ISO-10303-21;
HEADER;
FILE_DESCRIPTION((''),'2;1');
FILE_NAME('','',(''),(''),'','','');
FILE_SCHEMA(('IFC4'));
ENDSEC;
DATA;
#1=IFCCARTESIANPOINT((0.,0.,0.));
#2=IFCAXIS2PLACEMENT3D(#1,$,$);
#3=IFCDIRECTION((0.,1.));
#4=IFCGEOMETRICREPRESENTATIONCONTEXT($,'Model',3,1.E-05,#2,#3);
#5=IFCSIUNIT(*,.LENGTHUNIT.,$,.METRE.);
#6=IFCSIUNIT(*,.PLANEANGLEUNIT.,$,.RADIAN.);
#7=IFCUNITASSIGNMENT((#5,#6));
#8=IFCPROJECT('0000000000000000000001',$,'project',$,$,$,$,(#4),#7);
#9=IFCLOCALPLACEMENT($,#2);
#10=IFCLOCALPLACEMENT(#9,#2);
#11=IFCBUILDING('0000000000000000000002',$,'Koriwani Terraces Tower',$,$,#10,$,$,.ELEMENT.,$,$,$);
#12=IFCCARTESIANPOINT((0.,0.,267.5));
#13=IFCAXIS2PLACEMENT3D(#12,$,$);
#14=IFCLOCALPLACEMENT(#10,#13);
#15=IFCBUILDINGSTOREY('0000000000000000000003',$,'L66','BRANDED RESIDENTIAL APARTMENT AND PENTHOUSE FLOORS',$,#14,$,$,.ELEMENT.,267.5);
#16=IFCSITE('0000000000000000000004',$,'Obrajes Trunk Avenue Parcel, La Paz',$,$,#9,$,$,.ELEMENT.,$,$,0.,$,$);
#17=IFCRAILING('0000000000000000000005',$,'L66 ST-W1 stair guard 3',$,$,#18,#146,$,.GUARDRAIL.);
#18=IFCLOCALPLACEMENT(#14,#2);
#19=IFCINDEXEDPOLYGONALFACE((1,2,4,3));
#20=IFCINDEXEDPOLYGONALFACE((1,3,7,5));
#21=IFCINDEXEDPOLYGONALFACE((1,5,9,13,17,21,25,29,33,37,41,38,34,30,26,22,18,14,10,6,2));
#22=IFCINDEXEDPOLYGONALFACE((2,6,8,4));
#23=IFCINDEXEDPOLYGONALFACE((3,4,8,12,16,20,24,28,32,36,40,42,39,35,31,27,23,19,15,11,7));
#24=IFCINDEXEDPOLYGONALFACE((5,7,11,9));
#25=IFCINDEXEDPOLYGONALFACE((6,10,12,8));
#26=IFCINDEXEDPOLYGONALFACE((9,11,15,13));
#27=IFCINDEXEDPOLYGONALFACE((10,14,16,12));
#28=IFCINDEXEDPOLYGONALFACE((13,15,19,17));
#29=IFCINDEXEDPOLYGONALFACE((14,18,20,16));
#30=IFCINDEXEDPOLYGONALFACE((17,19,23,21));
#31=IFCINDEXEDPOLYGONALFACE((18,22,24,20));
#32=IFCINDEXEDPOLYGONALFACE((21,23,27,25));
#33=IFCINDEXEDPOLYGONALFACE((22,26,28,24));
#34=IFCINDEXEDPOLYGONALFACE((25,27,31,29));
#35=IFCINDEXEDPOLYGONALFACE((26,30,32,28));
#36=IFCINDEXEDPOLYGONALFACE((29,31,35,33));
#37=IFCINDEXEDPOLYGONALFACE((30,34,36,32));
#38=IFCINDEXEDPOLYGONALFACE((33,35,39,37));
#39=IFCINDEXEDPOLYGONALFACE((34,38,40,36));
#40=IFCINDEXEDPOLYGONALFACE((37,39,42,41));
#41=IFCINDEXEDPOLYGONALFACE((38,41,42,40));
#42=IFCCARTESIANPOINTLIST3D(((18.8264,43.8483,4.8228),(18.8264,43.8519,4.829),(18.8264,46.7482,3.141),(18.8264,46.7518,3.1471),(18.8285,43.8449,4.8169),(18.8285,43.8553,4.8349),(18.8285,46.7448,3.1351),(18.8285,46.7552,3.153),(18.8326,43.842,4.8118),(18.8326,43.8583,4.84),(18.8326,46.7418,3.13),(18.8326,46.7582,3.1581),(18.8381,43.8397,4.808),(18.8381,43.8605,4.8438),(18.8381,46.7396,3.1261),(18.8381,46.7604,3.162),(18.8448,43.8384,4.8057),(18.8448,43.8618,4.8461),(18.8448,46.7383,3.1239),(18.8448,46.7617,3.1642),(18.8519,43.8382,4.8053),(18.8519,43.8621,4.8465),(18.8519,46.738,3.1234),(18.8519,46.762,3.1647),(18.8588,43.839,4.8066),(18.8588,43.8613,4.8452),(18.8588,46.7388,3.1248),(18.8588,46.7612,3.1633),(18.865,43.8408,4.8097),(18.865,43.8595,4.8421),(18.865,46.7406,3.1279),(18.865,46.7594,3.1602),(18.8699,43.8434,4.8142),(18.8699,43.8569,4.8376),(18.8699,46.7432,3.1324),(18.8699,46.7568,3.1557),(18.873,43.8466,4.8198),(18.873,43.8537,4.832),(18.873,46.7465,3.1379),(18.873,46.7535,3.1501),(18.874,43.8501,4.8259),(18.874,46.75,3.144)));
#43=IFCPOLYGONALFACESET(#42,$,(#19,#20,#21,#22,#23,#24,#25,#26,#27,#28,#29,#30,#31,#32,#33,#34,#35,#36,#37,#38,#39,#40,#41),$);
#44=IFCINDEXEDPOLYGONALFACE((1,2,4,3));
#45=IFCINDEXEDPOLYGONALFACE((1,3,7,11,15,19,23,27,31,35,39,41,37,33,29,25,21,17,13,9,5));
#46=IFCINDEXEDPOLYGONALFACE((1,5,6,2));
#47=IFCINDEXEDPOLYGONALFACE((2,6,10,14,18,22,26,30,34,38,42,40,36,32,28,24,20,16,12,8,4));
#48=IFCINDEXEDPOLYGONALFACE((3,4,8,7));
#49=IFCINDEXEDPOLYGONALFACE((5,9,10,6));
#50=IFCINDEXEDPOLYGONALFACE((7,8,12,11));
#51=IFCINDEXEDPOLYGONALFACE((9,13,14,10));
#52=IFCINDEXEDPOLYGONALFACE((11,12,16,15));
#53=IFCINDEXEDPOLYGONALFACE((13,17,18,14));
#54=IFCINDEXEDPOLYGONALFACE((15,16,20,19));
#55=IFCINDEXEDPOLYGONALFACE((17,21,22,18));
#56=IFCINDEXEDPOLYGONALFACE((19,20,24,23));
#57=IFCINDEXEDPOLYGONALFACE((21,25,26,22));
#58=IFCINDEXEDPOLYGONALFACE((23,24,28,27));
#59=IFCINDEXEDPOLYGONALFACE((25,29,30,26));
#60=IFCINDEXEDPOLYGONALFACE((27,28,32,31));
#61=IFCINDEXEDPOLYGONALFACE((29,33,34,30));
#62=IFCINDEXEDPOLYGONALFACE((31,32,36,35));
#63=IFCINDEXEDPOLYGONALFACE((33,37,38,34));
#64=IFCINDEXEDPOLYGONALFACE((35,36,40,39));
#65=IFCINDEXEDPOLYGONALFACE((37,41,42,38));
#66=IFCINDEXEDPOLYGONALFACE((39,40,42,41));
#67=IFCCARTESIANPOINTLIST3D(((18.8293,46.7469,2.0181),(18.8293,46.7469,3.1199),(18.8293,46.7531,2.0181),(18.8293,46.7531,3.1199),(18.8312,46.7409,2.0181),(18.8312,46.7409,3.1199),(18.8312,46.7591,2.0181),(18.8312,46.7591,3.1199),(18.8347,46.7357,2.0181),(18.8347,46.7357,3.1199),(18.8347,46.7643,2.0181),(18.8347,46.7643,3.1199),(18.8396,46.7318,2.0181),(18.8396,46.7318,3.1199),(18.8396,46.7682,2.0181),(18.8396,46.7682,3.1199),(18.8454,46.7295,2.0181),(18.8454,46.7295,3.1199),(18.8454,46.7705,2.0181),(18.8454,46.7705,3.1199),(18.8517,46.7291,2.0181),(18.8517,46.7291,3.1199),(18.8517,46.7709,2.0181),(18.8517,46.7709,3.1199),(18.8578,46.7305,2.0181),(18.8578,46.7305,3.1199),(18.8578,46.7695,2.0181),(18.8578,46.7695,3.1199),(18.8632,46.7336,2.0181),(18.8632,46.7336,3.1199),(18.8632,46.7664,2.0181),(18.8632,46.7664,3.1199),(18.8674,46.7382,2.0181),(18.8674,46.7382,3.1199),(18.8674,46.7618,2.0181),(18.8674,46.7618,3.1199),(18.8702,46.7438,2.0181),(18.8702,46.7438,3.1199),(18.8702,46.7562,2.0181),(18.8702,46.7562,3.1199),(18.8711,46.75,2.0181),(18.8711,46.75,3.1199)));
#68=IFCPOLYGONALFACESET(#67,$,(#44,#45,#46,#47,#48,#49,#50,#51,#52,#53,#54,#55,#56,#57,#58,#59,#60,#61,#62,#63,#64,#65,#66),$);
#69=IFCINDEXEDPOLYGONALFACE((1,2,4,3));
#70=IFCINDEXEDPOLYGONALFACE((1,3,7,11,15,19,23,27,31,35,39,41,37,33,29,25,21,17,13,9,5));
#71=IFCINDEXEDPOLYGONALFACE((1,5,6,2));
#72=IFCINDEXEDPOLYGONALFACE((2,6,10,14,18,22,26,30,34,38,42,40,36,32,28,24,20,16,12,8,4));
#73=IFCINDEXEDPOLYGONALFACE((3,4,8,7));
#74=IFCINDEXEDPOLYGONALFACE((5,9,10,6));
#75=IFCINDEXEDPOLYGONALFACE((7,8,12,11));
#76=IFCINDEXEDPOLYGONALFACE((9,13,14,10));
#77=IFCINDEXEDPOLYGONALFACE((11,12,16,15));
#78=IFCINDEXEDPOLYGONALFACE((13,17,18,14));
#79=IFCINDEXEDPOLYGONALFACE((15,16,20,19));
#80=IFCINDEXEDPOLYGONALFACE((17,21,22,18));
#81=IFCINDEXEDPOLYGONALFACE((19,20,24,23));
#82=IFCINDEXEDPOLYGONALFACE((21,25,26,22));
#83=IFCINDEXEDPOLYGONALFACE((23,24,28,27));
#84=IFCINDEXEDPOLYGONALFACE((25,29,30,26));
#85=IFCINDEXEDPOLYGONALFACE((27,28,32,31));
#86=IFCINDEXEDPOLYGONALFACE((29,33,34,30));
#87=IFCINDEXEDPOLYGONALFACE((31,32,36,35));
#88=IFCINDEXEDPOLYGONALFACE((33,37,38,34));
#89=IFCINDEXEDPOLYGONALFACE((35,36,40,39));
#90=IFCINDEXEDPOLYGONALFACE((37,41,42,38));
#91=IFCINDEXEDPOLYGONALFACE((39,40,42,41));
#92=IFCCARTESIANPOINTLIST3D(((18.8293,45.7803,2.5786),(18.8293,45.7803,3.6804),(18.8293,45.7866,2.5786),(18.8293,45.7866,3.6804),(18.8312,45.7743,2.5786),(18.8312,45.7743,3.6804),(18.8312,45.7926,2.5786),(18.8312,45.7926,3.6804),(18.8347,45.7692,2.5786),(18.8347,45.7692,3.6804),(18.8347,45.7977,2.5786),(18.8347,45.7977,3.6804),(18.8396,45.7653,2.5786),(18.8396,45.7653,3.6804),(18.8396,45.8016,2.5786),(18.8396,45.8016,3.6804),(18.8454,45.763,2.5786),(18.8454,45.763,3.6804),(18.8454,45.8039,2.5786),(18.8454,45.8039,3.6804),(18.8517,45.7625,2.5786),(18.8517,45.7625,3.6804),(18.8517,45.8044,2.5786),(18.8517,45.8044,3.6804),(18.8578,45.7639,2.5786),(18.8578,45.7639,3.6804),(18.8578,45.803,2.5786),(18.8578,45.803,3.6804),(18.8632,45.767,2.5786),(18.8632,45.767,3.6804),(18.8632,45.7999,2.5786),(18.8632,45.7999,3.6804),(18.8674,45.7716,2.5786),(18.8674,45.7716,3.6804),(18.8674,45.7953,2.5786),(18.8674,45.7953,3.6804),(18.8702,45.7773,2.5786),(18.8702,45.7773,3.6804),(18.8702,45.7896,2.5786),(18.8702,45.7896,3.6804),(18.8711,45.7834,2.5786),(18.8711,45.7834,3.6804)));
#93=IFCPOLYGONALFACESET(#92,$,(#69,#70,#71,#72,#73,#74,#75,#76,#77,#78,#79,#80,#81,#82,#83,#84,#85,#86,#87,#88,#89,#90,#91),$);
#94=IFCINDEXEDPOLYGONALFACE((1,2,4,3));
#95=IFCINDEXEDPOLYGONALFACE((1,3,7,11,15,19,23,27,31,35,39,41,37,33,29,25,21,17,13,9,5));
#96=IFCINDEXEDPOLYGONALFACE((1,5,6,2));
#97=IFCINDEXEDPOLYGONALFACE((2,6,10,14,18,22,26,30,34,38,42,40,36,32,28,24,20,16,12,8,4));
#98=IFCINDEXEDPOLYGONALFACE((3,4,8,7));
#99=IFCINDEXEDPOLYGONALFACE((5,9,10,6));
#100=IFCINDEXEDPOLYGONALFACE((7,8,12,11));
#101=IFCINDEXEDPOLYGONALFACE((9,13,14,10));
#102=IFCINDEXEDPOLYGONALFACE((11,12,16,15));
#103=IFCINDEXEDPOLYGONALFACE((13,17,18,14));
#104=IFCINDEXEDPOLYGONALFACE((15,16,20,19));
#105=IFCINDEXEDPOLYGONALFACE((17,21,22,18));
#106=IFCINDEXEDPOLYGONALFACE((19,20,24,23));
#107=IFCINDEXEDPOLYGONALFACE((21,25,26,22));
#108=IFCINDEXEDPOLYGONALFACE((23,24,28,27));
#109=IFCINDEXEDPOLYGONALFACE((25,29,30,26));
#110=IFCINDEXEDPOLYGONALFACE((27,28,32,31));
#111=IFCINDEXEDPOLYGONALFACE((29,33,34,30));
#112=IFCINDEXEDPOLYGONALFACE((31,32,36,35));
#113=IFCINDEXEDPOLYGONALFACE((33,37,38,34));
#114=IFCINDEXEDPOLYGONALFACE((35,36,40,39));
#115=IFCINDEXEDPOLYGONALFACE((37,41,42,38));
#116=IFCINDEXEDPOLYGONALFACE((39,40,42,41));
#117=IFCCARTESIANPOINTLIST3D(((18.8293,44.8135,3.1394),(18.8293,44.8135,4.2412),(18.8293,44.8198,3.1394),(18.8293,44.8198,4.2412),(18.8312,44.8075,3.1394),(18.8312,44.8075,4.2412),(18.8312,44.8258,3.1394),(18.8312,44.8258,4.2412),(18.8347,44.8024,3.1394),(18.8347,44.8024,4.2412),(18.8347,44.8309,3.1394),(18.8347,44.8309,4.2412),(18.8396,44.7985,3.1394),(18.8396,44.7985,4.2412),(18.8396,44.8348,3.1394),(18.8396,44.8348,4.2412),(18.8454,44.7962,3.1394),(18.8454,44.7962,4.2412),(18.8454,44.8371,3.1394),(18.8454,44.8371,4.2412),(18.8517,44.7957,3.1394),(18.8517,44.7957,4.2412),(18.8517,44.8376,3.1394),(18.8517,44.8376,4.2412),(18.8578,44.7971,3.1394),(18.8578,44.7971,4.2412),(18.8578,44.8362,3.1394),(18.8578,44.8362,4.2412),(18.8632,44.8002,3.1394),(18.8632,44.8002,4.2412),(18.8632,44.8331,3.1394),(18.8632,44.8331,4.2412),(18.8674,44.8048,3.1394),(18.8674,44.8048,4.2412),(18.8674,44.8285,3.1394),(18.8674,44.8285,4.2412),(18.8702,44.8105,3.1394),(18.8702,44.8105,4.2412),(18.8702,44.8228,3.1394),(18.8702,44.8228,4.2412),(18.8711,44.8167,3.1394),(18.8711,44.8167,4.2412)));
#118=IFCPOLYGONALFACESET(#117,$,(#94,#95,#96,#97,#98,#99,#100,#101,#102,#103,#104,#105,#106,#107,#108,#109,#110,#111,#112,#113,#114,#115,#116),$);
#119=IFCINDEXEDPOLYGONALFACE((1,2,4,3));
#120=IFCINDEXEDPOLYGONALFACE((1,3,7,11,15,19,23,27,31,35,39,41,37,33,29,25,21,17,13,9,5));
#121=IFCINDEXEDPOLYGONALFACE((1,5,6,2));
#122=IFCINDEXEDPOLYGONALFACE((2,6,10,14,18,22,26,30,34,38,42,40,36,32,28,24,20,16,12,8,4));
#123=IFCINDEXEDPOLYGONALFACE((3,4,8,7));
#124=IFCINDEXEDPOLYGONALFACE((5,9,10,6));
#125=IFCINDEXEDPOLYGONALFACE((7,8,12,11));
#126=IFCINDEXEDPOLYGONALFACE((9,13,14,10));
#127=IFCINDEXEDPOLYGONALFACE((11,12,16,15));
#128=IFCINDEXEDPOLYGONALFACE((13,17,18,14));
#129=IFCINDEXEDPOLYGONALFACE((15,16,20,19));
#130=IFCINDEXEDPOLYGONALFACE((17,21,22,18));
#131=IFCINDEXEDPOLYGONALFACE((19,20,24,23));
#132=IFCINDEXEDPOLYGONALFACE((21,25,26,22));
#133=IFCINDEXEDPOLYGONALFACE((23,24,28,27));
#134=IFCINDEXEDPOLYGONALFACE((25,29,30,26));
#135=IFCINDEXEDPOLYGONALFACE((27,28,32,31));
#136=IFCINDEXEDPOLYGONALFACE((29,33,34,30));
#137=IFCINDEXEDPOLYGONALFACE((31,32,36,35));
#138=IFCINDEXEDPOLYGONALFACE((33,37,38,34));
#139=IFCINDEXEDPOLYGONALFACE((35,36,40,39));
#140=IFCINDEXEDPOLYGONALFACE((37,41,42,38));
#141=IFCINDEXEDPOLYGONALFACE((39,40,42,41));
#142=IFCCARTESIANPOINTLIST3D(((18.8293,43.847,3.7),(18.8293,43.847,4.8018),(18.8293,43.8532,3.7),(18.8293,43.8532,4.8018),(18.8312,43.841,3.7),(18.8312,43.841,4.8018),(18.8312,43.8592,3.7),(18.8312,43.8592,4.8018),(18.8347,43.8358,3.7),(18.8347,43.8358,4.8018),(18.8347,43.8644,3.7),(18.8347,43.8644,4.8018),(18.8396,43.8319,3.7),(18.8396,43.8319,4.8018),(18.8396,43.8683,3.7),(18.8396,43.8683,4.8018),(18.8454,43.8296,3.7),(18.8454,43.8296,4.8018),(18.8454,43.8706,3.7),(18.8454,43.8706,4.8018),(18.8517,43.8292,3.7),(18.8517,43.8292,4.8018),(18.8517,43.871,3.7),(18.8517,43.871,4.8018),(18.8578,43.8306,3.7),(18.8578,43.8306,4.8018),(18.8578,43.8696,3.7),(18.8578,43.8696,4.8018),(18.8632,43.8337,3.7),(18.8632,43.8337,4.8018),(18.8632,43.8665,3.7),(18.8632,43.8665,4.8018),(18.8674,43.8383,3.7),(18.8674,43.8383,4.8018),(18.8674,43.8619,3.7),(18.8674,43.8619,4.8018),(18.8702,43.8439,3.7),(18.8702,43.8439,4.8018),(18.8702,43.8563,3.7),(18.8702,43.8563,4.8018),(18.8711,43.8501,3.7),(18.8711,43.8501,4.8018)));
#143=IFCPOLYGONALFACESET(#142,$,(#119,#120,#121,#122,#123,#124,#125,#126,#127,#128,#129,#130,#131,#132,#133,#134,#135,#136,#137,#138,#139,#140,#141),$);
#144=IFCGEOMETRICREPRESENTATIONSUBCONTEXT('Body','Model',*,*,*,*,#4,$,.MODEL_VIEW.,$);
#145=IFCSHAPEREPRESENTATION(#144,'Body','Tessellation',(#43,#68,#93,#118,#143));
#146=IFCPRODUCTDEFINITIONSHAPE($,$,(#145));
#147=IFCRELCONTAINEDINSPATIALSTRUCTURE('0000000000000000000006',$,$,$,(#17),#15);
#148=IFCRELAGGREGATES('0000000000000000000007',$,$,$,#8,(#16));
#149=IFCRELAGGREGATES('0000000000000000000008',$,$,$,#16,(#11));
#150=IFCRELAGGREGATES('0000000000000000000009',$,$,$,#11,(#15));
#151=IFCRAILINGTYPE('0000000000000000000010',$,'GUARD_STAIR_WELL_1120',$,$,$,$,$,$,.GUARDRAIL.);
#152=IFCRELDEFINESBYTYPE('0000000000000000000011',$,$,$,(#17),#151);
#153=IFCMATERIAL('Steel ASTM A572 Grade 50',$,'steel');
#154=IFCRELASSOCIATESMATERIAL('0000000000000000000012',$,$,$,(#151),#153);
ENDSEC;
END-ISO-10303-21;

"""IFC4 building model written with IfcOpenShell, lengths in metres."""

from ifc_helpers import new_model, si_unit, direction, frame, origin, origin_2d, place, context, subcontext, project, spatial, circle, extrude, material, type_object, element, save


model = new_model("IFC4")

# Units and contexts
model_context = context("Model", 3, precision=1e-05, world=origin(), true_north=direction((0.0, 1.0)))
body_context = subcontext(model_context, "Body", "Model", "MODEL_VIEW")
ifc_project = project(units=[si_unit("LENGTHUNIT", "METRE"), si_unit("PLANEANGLEUNIT", "RADIAN")], contexts=[model_context])

# Site, building, storey
site_placement = place(None, origin())
site = spatial("IfcSite", under=ifc_project, at=site_placement, Name="Obrajes Trunk Avenue Parcel, La Paz", CompositionType="ELEMENT", RefElevation=0.0)
building_placement = place(site_placement, origin())
building = spatial("IfcBuilding", under=site, at=building_placement, Name="Koriwani Terraces Tower", CompositionType="ELEMENT")
storey_placement = place(building_placement, frame((0.0, 0.0, 267.5)))
storey = spatial("IfcBuildingStorey", under=building, at=storey_placement, Name="L66", Description="BRANDED RESIDENTIAL APARTMENT AND PENTHOUSE FLOORS", CompositionType="ELEMENT", Elevation=267.5)

# Shared definitions
ifc_material_1 = material(Name="Steel ASTM A572 Grade 50", Category="steel")

# Railing
railing_type_1 = type_object("IfcRailingType", Name="GUARD_STAIR_WELL_1120", PredefinedType="GUARDRAIL", material=ifc_material_1)
railing_1_placement = place(storey_placement, frame((18.8501, 46.75, 2.0181)))
element("IfcRailing", 1, at=railing_1_placement, inside=storey, type_object=railing_type_1, Name="L66 ST-W1 stair guard 3", PredefinedType="GUARDRAIL", context=body_context, shape_type="SweptSolid", body=[
    extrude(circle(Radius=0.0239, at=origin_2d()), frame((0.0, 0.0, 1.126), z_axis=(0.0, -0.865039, 0.501705), x_axis=(1.0, 0.0, 0.0)), (0.0, 0.0, 1.0), 3.3523),
    extrude(circle(Radius=0.021, at=origin_2d()), origin(), (0.0, 0.0, 1.0), 1.1018),
    extrude(circle(Radius=0.021, at=origin_2d()), frame((0.0, -0.9666, 0.5605)), (0.0, 0.0, 1.0), 1.1018),
    extrude(circle(Radius=0.021, at=origin_2d()), frame((0.0, -1.9333, 1.1213)), (0.0, 0.0, 1.0), 1.1018),
    extrude(circle(Radius=0.021, at=origin_2d()), frame((0.0, -2.8999, 1.6819)), (0.0, 0.0, 1.0), 1.1018),
])

save(model, "model.ifc")
